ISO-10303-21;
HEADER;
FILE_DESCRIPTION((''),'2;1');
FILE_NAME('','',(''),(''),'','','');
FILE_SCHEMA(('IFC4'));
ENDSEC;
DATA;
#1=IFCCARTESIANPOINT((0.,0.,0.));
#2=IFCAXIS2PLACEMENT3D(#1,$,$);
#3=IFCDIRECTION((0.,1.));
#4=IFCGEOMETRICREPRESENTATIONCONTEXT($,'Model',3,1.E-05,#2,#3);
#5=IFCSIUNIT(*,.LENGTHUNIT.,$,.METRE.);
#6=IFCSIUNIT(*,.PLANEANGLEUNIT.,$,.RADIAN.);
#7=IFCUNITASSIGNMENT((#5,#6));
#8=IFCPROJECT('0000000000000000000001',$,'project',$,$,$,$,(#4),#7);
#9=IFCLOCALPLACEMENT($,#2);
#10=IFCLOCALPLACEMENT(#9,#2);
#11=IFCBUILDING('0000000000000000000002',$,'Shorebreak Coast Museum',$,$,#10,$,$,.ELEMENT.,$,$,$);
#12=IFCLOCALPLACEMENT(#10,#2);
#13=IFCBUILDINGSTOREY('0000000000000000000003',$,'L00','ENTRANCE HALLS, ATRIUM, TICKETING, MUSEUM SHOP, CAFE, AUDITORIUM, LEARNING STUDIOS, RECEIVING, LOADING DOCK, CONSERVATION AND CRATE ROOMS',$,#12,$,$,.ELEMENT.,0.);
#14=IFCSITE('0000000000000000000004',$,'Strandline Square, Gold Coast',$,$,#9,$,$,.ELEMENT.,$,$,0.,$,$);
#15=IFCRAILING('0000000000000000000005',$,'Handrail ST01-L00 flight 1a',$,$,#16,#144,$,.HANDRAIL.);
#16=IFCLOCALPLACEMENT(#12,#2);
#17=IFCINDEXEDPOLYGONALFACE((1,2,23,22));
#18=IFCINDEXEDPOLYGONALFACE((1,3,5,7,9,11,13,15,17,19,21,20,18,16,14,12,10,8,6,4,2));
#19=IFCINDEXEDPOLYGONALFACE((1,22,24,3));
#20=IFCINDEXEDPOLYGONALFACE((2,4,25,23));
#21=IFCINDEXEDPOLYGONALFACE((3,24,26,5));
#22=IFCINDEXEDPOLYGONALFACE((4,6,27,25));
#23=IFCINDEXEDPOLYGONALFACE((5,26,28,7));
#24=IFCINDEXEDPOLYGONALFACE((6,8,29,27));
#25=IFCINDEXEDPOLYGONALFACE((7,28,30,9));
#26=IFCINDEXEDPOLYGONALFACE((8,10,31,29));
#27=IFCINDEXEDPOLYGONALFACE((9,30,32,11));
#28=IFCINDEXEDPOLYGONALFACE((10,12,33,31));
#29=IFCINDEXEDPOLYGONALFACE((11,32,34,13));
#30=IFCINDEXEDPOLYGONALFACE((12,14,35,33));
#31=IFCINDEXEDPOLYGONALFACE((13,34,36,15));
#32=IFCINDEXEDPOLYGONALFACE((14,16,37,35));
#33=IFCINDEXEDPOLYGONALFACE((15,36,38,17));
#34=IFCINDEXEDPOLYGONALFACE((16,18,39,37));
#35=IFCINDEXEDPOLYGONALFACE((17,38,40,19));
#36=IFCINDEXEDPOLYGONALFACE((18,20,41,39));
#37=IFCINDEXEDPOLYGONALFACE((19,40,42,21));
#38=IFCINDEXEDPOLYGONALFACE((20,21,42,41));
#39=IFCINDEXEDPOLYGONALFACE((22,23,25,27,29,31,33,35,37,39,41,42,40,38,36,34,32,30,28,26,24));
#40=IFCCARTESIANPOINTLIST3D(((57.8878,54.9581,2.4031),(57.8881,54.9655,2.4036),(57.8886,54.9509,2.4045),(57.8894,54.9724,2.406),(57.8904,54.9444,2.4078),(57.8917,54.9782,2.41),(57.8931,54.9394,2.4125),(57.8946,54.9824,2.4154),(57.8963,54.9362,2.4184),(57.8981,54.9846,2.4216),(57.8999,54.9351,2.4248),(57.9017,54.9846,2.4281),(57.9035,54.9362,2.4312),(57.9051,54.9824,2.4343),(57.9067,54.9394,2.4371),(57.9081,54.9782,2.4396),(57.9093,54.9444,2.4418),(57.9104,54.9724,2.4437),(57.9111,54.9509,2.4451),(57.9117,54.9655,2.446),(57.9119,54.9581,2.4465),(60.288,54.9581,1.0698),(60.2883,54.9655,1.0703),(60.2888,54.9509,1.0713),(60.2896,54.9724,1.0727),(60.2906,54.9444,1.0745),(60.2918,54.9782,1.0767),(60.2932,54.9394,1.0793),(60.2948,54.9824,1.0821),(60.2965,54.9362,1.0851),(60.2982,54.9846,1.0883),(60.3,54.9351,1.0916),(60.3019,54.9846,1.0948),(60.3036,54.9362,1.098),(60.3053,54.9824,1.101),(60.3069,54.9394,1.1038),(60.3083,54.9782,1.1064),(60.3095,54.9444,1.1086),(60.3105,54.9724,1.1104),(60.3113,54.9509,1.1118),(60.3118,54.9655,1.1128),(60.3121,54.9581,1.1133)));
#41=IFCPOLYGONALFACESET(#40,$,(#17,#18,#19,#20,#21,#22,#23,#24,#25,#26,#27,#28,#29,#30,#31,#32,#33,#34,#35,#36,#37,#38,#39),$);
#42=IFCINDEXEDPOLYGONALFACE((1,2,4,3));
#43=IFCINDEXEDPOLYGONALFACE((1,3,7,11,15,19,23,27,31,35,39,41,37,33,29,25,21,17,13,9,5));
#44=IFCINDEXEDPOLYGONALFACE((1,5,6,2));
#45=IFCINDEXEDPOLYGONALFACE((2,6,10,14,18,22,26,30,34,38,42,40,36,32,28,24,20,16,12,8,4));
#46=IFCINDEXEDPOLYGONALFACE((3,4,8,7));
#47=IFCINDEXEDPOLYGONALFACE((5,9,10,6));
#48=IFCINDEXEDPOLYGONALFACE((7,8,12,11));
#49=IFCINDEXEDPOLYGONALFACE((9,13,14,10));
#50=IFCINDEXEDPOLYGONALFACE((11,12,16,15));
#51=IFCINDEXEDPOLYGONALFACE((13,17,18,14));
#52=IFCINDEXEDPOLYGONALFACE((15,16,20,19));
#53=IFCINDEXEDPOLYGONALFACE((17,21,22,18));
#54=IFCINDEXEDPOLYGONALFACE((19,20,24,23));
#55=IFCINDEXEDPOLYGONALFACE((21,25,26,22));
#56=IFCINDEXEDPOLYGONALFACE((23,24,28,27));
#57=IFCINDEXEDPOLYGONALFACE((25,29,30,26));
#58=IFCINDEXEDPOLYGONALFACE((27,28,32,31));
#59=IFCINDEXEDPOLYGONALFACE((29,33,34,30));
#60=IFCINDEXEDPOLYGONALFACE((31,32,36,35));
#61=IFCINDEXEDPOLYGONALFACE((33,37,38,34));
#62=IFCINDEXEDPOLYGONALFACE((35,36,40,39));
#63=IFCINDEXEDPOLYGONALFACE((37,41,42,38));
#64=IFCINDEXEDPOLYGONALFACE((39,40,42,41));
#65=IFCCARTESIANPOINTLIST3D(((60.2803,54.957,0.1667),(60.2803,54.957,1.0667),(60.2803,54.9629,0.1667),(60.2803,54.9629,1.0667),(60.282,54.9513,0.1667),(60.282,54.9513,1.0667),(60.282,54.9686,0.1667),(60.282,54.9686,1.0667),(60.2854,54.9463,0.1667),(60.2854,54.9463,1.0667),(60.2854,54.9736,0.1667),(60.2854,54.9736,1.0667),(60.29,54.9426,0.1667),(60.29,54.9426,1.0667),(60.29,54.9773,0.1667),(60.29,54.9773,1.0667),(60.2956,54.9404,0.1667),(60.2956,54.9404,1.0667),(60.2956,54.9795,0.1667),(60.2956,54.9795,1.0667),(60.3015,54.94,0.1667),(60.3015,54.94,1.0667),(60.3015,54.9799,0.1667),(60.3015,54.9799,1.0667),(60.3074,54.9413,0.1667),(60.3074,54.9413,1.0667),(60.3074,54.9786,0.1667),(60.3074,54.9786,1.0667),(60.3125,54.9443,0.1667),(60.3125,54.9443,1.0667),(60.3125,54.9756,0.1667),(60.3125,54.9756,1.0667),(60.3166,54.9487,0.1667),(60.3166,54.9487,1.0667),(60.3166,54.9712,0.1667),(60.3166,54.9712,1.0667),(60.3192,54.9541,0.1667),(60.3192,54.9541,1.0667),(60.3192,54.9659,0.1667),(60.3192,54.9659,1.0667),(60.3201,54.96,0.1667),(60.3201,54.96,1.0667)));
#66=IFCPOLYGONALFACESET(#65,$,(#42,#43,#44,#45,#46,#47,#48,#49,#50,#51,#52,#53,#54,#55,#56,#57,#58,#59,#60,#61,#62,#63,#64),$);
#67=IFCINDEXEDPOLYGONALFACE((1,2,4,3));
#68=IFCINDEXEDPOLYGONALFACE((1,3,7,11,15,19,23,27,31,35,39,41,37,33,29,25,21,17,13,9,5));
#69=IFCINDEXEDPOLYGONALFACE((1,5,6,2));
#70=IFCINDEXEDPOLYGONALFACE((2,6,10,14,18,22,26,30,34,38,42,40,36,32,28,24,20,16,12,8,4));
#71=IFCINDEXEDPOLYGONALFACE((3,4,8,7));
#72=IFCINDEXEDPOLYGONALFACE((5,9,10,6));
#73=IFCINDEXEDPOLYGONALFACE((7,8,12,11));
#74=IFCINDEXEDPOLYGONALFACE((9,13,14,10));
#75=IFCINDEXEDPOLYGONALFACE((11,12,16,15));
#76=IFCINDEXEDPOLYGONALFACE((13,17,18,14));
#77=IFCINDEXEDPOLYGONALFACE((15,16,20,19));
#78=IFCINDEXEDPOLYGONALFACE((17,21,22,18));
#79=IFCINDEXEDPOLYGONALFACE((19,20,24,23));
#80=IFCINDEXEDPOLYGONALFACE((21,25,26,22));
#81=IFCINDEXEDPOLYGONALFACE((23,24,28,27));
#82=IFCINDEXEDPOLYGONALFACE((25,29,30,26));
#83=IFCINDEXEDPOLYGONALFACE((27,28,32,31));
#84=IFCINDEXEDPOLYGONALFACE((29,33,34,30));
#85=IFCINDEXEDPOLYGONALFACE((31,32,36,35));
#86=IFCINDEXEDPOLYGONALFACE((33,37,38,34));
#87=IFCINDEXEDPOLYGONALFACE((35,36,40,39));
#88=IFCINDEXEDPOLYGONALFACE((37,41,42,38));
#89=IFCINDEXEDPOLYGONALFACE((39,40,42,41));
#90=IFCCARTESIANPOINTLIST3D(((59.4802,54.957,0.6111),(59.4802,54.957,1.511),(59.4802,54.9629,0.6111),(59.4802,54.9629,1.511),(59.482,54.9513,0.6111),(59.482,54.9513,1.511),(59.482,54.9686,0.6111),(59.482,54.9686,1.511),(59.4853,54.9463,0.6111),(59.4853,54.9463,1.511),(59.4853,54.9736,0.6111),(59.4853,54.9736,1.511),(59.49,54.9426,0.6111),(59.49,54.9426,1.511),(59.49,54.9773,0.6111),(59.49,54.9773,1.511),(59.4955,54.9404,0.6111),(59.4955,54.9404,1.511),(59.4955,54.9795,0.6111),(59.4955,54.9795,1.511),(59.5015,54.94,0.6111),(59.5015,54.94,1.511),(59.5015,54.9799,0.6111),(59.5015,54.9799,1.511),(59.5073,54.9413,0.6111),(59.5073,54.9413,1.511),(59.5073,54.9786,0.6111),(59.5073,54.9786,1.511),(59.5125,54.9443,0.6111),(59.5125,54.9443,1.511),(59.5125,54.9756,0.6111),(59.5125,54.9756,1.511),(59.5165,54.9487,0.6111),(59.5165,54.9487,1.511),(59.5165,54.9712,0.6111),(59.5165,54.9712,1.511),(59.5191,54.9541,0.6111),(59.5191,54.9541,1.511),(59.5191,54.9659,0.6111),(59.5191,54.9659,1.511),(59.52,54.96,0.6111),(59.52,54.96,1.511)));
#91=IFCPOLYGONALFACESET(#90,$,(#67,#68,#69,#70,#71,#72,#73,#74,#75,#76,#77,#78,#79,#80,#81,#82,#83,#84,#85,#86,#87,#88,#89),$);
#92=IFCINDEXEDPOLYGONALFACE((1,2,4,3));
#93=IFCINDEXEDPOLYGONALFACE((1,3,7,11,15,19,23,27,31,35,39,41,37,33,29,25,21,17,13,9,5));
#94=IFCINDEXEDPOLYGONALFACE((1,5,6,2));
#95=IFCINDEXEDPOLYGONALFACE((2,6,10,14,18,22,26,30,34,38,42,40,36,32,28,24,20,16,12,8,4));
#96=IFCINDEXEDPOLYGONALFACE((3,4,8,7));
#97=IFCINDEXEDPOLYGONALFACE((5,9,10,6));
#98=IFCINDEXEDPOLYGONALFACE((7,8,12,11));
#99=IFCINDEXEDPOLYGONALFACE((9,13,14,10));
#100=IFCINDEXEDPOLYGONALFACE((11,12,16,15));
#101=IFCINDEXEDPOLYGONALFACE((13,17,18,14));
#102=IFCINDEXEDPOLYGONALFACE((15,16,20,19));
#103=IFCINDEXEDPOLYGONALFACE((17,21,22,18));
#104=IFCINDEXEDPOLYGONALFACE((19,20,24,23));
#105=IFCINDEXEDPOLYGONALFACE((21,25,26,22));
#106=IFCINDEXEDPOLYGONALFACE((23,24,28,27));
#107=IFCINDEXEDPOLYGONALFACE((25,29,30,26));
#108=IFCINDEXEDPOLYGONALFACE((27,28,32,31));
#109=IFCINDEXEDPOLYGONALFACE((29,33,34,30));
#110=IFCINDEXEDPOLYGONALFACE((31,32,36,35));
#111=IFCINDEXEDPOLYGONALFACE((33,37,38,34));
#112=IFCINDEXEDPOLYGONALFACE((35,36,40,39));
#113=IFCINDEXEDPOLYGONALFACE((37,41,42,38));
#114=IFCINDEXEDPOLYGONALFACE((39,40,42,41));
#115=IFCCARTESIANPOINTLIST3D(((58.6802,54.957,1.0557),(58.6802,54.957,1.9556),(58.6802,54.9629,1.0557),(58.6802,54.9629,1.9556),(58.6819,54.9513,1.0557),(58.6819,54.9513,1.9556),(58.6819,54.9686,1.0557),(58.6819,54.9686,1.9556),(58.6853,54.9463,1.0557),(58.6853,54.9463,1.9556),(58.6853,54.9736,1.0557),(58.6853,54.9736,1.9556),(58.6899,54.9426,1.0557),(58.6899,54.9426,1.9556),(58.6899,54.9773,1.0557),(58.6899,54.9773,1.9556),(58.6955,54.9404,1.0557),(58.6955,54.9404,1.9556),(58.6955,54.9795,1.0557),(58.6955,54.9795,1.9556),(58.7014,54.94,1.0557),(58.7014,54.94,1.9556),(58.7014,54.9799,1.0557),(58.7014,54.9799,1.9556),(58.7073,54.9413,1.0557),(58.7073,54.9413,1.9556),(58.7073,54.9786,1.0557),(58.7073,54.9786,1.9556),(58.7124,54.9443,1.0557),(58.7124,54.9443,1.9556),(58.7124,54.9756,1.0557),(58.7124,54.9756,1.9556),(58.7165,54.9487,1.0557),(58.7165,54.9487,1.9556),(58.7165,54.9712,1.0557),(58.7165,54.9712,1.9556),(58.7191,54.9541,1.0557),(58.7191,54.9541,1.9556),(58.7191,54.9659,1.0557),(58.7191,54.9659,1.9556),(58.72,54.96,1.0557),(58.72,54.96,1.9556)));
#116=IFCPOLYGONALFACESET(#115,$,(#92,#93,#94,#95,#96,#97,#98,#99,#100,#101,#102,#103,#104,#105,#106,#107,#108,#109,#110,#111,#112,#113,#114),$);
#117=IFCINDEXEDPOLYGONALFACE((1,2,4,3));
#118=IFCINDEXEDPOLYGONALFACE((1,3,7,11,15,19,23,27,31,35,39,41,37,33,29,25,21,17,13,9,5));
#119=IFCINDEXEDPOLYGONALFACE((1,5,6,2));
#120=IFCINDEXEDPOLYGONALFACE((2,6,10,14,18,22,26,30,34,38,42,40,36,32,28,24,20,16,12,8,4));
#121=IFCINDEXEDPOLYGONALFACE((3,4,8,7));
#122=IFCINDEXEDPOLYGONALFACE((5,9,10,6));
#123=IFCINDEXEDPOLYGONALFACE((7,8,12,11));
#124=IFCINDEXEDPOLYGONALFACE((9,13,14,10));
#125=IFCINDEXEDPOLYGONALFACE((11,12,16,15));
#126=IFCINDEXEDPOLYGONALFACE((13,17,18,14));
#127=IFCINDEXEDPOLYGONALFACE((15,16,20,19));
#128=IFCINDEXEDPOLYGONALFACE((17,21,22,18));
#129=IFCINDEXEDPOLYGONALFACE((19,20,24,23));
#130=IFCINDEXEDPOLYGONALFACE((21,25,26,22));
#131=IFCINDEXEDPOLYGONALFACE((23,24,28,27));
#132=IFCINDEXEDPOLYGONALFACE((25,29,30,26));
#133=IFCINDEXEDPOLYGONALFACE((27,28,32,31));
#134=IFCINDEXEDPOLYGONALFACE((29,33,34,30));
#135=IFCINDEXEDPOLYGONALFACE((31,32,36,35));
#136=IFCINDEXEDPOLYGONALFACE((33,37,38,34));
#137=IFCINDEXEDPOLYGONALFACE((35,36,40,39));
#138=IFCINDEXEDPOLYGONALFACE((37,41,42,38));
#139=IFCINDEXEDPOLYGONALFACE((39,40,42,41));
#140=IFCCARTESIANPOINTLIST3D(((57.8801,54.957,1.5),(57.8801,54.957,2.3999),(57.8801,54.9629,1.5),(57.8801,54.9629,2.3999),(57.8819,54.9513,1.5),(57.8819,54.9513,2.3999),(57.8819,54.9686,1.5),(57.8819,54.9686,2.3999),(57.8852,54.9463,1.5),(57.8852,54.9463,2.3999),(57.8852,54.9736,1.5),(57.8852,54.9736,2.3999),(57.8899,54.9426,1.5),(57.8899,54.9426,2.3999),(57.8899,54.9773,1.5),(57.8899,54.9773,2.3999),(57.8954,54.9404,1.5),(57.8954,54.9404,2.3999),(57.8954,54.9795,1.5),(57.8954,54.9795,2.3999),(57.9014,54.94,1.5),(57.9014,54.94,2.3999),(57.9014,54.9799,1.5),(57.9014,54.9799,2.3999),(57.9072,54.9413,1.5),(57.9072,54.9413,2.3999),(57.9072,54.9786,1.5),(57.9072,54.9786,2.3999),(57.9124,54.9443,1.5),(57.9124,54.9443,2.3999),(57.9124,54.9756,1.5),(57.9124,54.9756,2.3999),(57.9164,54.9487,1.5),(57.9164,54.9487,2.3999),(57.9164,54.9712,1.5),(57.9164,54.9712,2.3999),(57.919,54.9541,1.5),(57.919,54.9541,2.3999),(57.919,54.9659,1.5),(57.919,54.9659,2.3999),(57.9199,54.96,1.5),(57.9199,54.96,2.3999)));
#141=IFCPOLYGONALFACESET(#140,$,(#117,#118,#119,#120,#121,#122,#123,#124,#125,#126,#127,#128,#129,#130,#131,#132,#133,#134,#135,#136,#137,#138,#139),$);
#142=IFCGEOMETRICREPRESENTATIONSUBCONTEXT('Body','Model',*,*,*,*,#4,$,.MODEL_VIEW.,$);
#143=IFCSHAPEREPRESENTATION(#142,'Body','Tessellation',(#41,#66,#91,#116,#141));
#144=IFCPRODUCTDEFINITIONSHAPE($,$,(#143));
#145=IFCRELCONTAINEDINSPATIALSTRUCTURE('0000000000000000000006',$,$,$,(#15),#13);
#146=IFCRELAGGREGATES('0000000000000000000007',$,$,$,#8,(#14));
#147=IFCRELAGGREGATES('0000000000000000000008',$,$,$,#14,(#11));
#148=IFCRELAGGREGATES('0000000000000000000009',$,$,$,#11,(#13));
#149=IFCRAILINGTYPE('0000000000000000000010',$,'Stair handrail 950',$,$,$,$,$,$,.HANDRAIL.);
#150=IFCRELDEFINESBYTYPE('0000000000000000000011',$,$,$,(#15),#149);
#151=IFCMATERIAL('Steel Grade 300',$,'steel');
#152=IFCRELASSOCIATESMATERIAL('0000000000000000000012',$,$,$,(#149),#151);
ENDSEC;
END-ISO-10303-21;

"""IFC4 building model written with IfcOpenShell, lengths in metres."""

from ifc_helpers import new_model, si_unit, direction, frame, origin, origin_2d, place, context, subcontext, project, spatial, circle, extrude, material, type_object, element, save


model = new_model("IFC4")

# Units and contexts
model_context = context("Model", 3, precision=1e-05, world=origin(), true_north=direction((0.0, 1.0)))
body_context = subcontext(model_context, "Body", "Model", "MODEL_VIEW")
ifc_project = project(units=[si_unit("LENGTHUNIT", "METRE"), si_unit("PLANEANGLEUNIT", "RADIAN")], contexts=[model_context])

# Site, building, storey
site_placement = place(None, origin())
site = spatial("IfcSite", under=ifc_project, at=site_placement, Name="Strandline Square, Gold Coast", CompositionType="ELEMENT", RefElevation=0.0)
building_placement = place(site_placement, origin())
building = spatial("IfcBuilding", under=site, at=building_placement, Name="Shorebreak Coast Museum", CompositionType="ELEMENT")
storey_placement = place(building_placement, origin())
storey = spatial("IfcBuildingStorey", under=building, at=storey_placement, Name="L00", Description="ENTRANCE HALLS, ATRIUM, TICKETING, MUSEUM SHOP, CAFE, AUDITORIUM, LEARNING STUDIOS, RECEIVING, LOADING DOCK, CONSERVATION AND CRATE ROOMS", CompositionType="ELEMENT", Elevation=0.0)

# Railing
ifc_material_1 = material(Name="Steel Grade 300", Category="steel")
railing_type_1 = type_object("IfcRailingType", Name="Stair handrail 950", PredefinedType="HANDRAIL", material=ifc_material_1)
for number, where, name in (
    (1, (60.3, 54.96, 0.1667), "Handrail ST01-L00 flight 1a"),
):
    element("IfcRailing", number, at=place(storey_placement, frame(where)), inside=storey, type_object=railing_type_1, Name=name, PredefinedType="HANDRAIL", context=body_context, shape_type="SweptSolid", body=[
        extrude(circle(Radius=0.0249, at=origin_2d()), frame((0.0, 0.0, 0.9248), z_axis=(-0.874182, 0.0, 0.485598), x_axis=(0.0, -1.0, 0.0)), (0.0, 0.0, 1.0), 2.7456),
        extrude(circle(Radius=0.02, at=origin_2d()), origin(), (0.0, 0.0, 1.0), 0.8999),
        extrude(circle(Radius=0.02, at=origin_2d()), frame((-0.8, 0.0, 0.4443)), (0.0, 0.0, 1.0), 0.8999),
        extrude(circle(Radius=0.02, at=origin_2d()), frame((-1.6001, 0.0, 0.8889)), (0.0, 0.0, 1.0), 0.8999),
        extrude(circle(Radius=0.02, at=origin_2d()), frame((-2.4001, 0.0, 1.3333)), (0.0, 0.0, 1.0), 0.8999),
    ])

save(model, "model.ifc")
